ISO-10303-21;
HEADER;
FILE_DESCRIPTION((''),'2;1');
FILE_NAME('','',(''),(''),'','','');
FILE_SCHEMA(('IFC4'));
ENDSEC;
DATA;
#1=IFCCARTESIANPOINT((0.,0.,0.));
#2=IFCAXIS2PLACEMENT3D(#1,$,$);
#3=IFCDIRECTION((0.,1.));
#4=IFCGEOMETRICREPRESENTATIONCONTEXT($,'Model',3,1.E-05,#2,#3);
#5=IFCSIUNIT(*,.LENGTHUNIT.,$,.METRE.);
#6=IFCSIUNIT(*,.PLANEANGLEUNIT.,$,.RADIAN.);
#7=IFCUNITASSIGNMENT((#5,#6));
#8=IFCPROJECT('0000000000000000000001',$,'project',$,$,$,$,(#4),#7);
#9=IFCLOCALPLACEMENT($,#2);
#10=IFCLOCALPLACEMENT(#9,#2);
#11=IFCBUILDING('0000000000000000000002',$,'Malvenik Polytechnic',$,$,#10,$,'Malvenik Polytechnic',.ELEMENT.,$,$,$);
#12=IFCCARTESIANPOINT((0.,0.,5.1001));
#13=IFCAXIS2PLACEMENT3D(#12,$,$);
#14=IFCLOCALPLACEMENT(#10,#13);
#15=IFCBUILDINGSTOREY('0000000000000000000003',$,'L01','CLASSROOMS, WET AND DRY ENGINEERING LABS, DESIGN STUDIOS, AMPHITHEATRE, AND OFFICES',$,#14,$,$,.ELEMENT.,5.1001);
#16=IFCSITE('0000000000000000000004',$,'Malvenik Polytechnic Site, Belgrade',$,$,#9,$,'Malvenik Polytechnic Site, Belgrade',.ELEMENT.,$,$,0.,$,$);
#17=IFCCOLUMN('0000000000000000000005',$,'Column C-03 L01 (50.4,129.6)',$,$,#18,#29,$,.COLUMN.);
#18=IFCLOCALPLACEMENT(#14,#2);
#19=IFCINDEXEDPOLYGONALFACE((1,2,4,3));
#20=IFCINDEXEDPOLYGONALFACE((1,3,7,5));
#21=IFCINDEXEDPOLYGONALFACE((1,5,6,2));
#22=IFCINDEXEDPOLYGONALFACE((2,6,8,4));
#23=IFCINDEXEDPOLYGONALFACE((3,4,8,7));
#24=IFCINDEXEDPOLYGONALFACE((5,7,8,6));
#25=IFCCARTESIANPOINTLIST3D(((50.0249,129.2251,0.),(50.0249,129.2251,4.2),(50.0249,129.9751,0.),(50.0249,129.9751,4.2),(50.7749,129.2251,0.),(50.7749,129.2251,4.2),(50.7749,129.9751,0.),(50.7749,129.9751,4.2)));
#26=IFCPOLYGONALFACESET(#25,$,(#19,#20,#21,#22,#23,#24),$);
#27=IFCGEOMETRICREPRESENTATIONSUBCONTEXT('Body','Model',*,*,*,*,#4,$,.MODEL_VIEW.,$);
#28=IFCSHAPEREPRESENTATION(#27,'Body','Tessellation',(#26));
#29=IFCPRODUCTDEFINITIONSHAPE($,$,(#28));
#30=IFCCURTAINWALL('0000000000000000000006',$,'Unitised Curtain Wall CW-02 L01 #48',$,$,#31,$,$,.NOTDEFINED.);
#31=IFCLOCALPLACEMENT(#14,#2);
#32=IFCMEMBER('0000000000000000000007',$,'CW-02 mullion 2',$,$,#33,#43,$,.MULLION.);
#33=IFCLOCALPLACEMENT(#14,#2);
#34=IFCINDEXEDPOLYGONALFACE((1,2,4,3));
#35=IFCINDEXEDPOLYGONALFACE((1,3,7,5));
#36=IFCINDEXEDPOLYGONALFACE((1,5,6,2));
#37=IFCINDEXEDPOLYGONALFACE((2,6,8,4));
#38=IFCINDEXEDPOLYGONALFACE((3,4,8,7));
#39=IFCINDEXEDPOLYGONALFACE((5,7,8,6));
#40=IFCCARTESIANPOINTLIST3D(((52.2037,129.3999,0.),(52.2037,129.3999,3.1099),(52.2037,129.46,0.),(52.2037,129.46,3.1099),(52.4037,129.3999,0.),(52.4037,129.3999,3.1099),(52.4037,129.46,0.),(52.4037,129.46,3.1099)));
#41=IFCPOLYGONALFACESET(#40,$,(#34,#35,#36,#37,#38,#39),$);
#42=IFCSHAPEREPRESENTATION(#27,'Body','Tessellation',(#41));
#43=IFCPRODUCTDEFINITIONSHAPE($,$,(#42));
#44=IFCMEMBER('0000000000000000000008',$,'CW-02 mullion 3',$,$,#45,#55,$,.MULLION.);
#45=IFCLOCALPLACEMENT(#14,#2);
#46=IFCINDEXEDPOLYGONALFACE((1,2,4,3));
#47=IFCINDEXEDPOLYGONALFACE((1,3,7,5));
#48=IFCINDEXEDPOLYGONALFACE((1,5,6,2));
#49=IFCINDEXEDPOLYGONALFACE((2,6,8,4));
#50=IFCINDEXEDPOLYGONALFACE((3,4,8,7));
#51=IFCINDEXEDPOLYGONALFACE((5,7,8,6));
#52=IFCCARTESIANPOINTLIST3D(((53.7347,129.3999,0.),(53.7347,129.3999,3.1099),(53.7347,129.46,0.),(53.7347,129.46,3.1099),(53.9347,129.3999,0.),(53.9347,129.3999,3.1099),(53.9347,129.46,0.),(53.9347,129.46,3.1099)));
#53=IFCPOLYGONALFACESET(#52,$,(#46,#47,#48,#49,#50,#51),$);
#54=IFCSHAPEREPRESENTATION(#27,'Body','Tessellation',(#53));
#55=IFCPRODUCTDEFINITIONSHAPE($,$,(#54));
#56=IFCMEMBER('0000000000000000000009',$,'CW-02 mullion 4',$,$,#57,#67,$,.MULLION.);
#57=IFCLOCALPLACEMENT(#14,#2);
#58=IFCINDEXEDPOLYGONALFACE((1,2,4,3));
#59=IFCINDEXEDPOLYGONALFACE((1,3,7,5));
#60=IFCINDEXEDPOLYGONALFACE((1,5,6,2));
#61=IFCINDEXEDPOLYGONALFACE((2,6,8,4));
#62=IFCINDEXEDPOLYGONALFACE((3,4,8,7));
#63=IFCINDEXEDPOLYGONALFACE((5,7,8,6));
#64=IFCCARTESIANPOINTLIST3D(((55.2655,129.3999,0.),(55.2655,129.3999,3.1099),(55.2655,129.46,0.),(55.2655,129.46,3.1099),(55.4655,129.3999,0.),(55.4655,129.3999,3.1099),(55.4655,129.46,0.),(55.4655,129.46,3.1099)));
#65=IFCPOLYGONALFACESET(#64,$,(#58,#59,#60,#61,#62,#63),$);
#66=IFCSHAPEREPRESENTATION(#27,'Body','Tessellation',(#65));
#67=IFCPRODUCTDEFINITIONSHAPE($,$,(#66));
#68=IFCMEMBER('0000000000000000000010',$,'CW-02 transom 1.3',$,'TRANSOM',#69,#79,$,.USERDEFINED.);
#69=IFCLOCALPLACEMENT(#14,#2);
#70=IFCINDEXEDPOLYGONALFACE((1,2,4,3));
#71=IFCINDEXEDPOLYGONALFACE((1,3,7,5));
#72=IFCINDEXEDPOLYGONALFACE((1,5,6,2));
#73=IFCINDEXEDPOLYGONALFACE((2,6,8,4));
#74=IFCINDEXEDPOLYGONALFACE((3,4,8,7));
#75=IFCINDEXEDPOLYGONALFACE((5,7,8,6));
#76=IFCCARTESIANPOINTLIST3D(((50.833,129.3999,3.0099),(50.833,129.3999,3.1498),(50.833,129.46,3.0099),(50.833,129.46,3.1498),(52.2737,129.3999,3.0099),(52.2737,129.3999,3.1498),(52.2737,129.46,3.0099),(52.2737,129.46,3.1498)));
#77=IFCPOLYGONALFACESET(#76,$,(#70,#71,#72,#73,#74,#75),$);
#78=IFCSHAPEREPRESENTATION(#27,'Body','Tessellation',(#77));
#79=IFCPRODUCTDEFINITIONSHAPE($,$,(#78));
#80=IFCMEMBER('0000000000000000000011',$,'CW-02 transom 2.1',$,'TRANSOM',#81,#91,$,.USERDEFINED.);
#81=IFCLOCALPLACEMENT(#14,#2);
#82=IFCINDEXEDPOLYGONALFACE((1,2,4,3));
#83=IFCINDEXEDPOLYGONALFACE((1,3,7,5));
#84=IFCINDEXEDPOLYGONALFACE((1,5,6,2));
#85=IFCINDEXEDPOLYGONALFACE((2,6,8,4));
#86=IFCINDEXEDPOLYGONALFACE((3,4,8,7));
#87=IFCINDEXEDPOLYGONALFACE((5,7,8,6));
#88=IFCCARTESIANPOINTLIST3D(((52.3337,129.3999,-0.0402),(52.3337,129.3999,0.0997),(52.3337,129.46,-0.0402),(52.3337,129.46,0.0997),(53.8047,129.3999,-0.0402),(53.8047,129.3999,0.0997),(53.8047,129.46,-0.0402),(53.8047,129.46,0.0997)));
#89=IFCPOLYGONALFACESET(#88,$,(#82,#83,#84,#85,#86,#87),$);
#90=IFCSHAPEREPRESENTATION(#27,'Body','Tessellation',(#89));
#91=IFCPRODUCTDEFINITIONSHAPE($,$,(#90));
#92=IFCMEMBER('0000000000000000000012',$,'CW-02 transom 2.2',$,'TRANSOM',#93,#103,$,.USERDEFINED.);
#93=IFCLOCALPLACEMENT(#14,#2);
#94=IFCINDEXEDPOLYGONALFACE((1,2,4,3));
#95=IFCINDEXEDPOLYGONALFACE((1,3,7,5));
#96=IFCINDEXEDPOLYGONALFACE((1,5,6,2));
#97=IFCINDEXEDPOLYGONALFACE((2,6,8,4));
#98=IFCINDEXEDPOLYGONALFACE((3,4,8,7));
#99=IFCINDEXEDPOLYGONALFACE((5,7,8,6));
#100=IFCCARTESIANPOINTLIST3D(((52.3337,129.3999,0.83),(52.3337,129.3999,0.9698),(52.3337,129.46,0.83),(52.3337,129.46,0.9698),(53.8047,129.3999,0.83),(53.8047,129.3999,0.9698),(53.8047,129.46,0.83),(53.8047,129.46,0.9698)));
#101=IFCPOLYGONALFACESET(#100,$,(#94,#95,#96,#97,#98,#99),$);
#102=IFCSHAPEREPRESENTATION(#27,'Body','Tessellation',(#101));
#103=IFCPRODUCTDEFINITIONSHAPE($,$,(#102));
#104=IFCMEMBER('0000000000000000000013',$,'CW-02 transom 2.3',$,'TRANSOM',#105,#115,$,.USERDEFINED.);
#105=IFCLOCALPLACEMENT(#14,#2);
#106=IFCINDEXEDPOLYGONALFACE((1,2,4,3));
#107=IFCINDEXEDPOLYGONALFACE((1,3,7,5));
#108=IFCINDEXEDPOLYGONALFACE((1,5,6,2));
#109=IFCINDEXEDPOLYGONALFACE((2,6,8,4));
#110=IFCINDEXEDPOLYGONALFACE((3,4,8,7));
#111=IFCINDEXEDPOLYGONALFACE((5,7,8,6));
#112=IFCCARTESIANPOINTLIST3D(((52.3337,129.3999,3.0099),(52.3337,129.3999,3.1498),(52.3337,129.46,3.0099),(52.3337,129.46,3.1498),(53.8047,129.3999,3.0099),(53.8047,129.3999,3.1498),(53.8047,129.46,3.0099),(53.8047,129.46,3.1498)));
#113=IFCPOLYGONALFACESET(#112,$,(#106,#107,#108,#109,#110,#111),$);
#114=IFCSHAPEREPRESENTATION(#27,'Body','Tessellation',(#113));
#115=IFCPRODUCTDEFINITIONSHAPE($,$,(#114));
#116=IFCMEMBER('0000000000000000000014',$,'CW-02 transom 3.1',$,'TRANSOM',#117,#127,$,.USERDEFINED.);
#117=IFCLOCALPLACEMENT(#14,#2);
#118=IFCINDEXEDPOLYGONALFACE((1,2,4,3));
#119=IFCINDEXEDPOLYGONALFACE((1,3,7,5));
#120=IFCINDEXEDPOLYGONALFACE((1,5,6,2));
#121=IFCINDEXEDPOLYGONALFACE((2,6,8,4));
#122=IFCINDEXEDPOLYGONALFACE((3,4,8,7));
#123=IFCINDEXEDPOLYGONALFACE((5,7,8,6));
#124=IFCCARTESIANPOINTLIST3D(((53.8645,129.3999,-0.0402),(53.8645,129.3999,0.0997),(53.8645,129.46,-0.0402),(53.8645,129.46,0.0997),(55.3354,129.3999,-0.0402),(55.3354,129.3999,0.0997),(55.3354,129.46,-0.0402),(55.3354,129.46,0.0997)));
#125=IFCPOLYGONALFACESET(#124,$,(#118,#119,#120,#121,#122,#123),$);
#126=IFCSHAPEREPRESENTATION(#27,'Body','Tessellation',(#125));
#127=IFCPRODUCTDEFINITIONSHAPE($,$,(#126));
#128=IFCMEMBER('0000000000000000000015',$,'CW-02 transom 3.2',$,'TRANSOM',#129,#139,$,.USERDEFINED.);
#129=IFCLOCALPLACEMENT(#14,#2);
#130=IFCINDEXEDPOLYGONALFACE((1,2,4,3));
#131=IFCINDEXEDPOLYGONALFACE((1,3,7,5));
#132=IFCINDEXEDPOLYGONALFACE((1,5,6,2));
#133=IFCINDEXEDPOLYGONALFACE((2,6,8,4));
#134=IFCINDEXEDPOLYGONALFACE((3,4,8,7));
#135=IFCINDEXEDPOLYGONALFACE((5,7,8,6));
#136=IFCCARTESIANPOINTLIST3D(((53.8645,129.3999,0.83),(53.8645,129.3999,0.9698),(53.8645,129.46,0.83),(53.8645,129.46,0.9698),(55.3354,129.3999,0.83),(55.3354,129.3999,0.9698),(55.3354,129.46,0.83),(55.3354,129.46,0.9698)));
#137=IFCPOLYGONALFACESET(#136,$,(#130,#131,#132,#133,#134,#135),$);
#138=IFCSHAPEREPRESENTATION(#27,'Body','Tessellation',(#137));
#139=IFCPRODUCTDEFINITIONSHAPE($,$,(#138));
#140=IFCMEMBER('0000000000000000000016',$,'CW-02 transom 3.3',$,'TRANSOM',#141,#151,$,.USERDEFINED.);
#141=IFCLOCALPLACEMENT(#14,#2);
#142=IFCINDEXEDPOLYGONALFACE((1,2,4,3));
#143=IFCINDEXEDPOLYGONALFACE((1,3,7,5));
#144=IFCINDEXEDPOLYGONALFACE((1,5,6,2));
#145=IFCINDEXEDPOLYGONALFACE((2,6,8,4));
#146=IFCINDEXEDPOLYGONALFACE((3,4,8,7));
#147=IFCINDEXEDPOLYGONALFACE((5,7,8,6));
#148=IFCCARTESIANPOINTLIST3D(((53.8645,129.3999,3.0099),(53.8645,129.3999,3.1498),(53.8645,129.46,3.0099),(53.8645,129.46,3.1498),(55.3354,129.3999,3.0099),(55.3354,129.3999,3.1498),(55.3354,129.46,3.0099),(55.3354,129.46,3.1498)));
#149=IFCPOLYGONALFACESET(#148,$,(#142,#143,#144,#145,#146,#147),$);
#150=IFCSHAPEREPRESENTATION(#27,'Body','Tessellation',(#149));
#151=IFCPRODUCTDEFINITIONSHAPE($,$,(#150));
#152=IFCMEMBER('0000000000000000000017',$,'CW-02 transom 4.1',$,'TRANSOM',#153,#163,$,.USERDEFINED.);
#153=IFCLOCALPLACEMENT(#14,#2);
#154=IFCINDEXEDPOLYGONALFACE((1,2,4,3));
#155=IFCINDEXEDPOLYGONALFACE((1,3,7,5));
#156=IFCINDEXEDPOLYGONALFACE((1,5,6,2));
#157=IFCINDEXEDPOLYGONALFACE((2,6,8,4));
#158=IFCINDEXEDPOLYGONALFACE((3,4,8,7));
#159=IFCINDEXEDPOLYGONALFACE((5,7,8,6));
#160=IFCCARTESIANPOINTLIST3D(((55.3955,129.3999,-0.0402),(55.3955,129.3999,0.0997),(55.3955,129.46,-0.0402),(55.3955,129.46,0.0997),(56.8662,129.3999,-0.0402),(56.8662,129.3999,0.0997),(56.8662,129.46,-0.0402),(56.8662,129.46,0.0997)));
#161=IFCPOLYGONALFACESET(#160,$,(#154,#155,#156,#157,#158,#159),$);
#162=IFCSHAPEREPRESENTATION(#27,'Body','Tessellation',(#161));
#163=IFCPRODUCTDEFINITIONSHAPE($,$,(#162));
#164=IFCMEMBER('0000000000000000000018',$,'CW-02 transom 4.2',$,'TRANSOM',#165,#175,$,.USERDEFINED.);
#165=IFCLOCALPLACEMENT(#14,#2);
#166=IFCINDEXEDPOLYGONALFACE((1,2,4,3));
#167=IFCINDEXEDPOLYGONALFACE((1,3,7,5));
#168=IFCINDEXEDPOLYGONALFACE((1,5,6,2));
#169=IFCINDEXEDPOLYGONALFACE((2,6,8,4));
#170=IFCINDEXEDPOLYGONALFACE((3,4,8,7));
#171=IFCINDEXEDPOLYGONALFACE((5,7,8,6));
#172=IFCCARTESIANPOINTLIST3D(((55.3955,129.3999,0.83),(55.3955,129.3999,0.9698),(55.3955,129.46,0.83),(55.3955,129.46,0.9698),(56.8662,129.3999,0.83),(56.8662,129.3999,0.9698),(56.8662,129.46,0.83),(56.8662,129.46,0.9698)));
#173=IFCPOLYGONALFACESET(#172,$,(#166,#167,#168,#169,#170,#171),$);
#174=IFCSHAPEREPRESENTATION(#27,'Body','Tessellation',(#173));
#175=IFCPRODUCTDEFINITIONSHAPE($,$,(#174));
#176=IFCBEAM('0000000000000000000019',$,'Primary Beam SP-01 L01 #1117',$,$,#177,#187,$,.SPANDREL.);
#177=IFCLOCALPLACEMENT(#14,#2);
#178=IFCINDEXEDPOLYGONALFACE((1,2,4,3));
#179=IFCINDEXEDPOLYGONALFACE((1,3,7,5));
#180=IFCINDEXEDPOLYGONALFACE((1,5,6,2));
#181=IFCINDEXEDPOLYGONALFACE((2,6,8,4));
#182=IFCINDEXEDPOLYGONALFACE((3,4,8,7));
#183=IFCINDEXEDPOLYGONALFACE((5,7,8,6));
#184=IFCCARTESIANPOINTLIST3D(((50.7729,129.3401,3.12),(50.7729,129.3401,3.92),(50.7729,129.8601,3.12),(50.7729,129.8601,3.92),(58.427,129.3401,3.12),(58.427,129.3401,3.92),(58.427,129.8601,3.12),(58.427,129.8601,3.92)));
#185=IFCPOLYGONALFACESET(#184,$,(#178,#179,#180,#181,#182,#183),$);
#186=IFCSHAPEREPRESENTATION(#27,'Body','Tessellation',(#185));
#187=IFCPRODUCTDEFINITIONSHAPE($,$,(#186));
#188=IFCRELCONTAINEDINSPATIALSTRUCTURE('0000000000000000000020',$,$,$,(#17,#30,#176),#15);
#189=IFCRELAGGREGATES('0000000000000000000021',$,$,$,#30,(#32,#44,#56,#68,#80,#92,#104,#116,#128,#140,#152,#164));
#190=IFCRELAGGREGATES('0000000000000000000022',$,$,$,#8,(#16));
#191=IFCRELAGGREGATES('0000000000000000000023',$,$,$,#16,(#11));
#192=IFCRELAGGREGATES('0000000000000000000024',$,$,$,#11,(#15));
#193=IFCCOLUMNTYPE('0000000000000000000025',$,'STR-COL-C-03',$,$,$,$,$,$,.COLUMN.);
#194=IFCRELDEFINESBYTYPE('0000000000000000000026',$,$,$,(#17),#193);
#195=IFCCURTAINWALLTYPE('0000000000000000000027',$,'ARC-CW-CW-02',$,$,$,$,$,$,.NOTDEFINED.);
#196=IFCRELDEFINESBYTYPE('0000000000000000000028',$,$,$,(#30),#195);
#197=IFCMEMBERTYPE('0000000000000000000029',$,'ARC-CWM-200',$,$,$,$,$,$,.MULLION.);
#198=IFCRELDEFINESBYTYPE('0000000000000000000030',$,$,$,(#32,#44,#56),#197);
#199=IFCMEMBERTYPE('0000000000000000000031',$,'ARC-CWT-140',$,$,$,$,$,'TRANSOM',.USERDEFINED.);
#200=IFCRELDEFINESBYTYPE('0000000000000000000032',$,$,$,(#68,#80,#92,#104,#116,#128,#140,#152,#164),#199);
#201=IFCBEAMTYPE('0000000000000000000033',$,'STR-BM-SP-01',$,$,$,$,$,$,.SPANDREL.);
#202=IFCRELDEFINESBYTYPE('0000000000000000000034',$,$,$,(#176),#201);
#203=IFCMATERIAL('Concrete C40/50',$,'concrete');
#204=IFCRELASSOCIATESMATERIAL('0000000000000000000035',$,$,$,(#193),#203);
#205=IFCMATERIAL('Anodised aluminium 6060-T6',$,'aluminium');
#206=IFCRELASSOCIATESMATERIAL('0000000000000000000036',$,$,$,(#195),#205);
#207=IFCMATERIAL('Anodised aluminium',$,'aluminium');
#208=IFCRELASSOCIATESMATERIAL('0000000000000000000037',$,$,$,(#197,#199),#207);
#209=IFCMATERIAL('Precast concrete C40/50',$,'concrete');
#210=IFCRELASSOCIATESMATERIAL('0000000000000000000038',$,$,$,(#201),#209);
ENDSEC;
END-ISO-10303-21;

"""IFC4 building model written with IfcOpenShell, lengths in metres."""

from ifc_helpers import new_model, si_unit, direction, frame, origin, origin_2d, place, context, subcontext, project, spatial, rectangle, extrude, material, material_profile, profile_set, type_object, element, aggregate, save


model = new_model("IFC4")

# Units and contexts
model_context = context("Model", 3, precision=1e-05, world=origin(), true_north=direction((0.0, 1.0)))
body_context = subcontext(model_context, "Body", "Model", "MODEL_VIEW")
ifc_project = project(units=[si_unit("LENGTHUNIT", "METRE"), si_unit("PLANEANGLEUNIT", "RADIAN")], contexts=[model_context])

# Site, building, storey
site_placement = place(None, origin())
site = spatial("IfcSite", under=ifc_project, at=site_placement, Name="Malvenik Polytechnic Site, Belgrade", LongName="Malvenik Polytechnic Site, Belgrade", CompositionType="ELEMENT", RefElevation=0.0)
building_placement = place(site_placement, origin())
building = spatial("IfcBuilding", under=site, at=building_placement, Name="Malvenik Polytechnic", LongName="Malvenik Polytechnic", CompositionType="ELEMENT")
storey_placement = place(building_placement, frame((0.0, 0.0, 5.1001)))
storey = spatial("IfcBuildingStorey", under=building, at=storey_placement, Name="L01", Description="CLASSROOMS, WET AND DRY ENGINEERING LABS, DESIGN STUDIOS, AMPHITHEATRE, AND OFFICES", CompositionType="ELEMENT", Elevation=5.1001)

# Column
ifc_material_1 = material(Name="Concrete C40/50", Category="concrete")
ifc_material_profile_1 = material_profile(ifc_material_1, rectangle(XDim=0.75, YDim=0.75, at=origin_2d()), Name="RC COL 750x750")
ifc_profile_set_1 = profile_set([ifc_material_profile_1], Name="Concrete C40/50")
column_type = type_object("IfcColumnType", Name="STR-COL-C-03", PredefinedType="COLUMN", material=ifc_profile_set_1)
column_placement = place(storey_placement, frame((50.3999, 129.6001, 0.0), z_axis=(0.0, 0.0, 1.0), x_axis=(1.0, 0.0, 0.0)))
element("IfcColumn", 1, at=column_placement, inside=storey, type_object=column_type, Name="Column C-03 L01 (50.4,129.6)", PredefinedType="COLUMN", context=body_context, shape_type="SweptSolid", body=[
    extrude(rectangle(XDim=0.75, YDim=0.75, at=origin_2d()), origin(), (0.0, 0.0, 1.0), 4.2),
])

# Curtain wall, members
ifc_material_2 = material(Name="Anodised aluminium 6060-T6", Category="aluminium")
curtain_wall_type = type_object("IfcCurtainWallType", Name="ARC-CW-CW-02", PredefinedType="NOTDEFINED", material=ifc_material_2)
curtain_wall_placement = place(storey_placement, origin())
curtain_wall = element("IfcCurtainWall", 2, at=curtain_wall_placement, inside=storey, type_object=curtain_wall_type, Name="Unitised Curtain Wall CW-02 L01 #48", PredefinedType="NOTDEFINED")
ifc_material_3 = material(Name="Anodised aluminium", Category="aluminium")
ifc_material_profile_2 = material_profile(ifc_material_3, rectangle(XDim=0.0601, YDim=0.2, at=origin_2d()), Name="ALU MULLION 60x200")
ifc_profile_set_2 = profile_set([ifc_material_profile_2], Name="Anodised aluminium")
member_type_1 = type_object("IfcMemberType", Name="ARC-CWM-200", PredefinedType="MULLION", material=ifc_profile_set_2)
member_1_placement = place(storey_placement, frame((52.3037, 129.4299, 0.0), z_axis=(0.0, 0.0, 1.0), x_axis=(0.0, 1.0, 0.0)))
member_1 = element("IfcMember", 3, at=member_1_placement, type_object=member_type_1, Name="CW-02 mullion 2", PredefinedType="MULLION", context=body_context, shape_type="SweptSolid", body=[
    extrude(rectangle(XDim=0.0601, YDim=0.2, at=origin_2d()), origin(), (0.0, 0.0, 1.0), 3.1099),
])
member_2_placement = place(storey_placement, frame((53.8347, 129.4299, 0.0), z_axis=(0.0, 0.0, 1.0), x_axis=(0.0, 1.0, 0.0)))
member_2 = element("IfcMember", 4, at=member_2_placement, type_object=member_type_1, Name="CW-02 mullion 3", PredefinedType="MULLION", context=body_context, shape_type="SweptSolid", body=[
    extrude(rectangle(XDim=0.0601, YDim=0.2, at=origin_2d()), origin(), (0.0, 0.0, 1.0), 3.1099),
])
member_3_placement = place(storey_placement, frame((55.3655, 129.4299, 0.0), z_axis=(0.0, 0.0, 1.0), x_axis=(0.0, 1.0, 0.0)))
member_3 = element("IfcMember", 5, at=member_3_placement, type_object=member_type_1, Name="CW-02 mullion 4", PredefinedType="MULLION", context=body_context, shape_type="SweptSolid", body=[
    extrude(rectangle(XDim=0.0601, YDim=0.2, at=origin_2d()), origin(), (0.0, 0.0, 1.0), 3.1099),
])
ifc_material_profile_3 = material_profile(ifc_material_3, rectangle(XDim=0.0601, YDim=0.1399, at=origin_2d()), Name="ALU TRANSOM 60x140")
ifc_profile_set_3 = profile_set([ifc_material_profile_3], Name="Anodised aluminium")
member_type_2 = type_object("IfcMemberType", Name="ARC-CWT-140", ElementType="TRANSOM", PredefinedType="USERDEFINED", material=ifc_profile_set_3)
member_4_placement = place(storey_placement, frame((50.833, 129.4299, 3.0798), z_axis=(1.0, 0.0, 0.0), x_axis=(0.0, 1.0, 0.0)))
member_4 = element("IfcMember", 6, at=member_4_placement, type_object=member_type_2, Name="CW-02 transom 1.3", ObjectType="TRANSOM", PredefinedType="USERDEFINED", context=body_context, shape_type="SweptSolid", body=[
    extrude(rectangle(XDim=0.0601, YDim=0.1399, at=origin_2d()), origin(), (0.0, 0.0, 1.0), 1.4407),
])
member_5_placement = place(storey_placement, frame((52.3337, 129.4299, 0.0298), z_axis=(1.0, 0.0, 0.0), x_axis=(0.0, 1.0, 0.0)))
member_5 = element("IfcMember", 7, at=member_5_placement, type_object=member_type_2, Name="CW-02 transom 2.1", ObjectType="TRANSOM", PredefinedType="USERDEFINED", context=body_context, shape_type="SweptSolid", body=[
    extrude(rectangle(XDim=0.0601, YDim=0.1399, at=origin_2d()), origin(), (0.0, 0.0, 1.0), 1.4709),
])
member_6_placement = place(storey_placement, frame((52.3337, 129.4299, 0.8999), z_axis=(1.0, 0.0, 0.0), x_axis=(0.0, 1.0, 0.0)))
member_6 = element("IfcMember", 8, at=member_6_placement, type_object=member_type_2, Name="CW-02 transom 2.2", ObjectType="TRANSOM", PredefinedType="USERDEFINED", context=body_context, shape_type="SweptSolid", body=[
    extrude(rectangle(XDim=0.0601, YDim=0.1399, at=origin_2d()), origin(), (0.0, 0.0, 1.0), 1.4709),
])
member_7_placement = place(storey_placement, frame((52.3337, 129.4299, 3.0798), z_axis=(1.0, 0.0, 0.0), x_axis=(0.0, 1.0, 0.0)))
member_7 = element("IfcMember", 9, at=member_7_placement, type_object=member_type_2, Name="CW-02 transom 2.3", ObjectType="TRANSOM", PredefinedType="USERDEFINED", context=body_context, shape_type="SweptSolid", body=[
    extrude(rectangle(XDim=0.0601, YDim=0.1399, at=origin_2d()), origin(), (0.0, 0.0, 1.0), 1.4709),
])
member_8_placement = place(storey_placement, frame((53.8645, 129.4299, 0.0298), z_axis=(1.0, 0.0, 0.0), x_axis=(0.0, 1.0, 0.0)))
member_8 = element("IfcMember", 10, at=member_8_placement, type_object=member_type_2, Name="CW-02 transom 3.1", ObjectType="TRANSOM", PredefinedType="USERDEFINED", context=body_context, shape_type="SweptSolid", body=[
    extrude(rectangle(XDim=0.0601, YDim=0.1399, at=origin_2d()), origin(), (0.0, 0.0, 1.0), 1.4709),
])
member_9_placement = place(storey_placement, frame((53.8645, 129.4299, 0.8999), z_axis=(1.0, 0.0, 0.0), x_axis=(0.0, 1.0, 0.0)))
member_9 = element("IfcMember", 11, at=member_9_placement, type_object=member_type_2, Name="CW-02 transom 3.2", ObjectType="TRANSOM", PredefinedType="USERDEFINED", context=body_context, shape_type="SweptSolid", body=[
    extrude(rectangle(XDim=0.0601, YDim=0.1399, at=origin_2d()), origin(), (0.0, 0.0, 1.0), 1.4709),
])
member_10_placement = place(storey_placement, frame((53.8645, 129.4299, 3.0798), z_axis=(1.0, 0.0, 0.0), x_axis=(0.0, 1.0, 0.0)))
member_10 = element("IfcMember", 12, at=member_10_placement, type_object=member_type_2, Name="CW-02 transom 3.3", ObjectType="TRANSOM", PredefinedType="USERDEFINED", context=body_context, shape_type="SweptSolid", body=[
    extrude(rectangle(XDim=0.0601, YDim=0.1399, at=origin_2d()), origin(), (0.0, 0.0, 1.0), 1.4709),
])
member_11_placement = place(storey_placement, frame((55.3955, 129.4299, 0.0298), z_axis=(1.0, 0.0, 0.0), x_axis=(0.0, 1.0, 0.0)))
member_11 = element("IfcMember", 13, at=member_11_placement, type_object=member_type_2, Name="CW-02 transom 4.1", ObjectType="TRANSOM", PredefinedType="USERDEFINED", context=body_context, shape_type="SweptSolid", body=[
    extrude(rectangle(XDim=0.0601, YDim=0.1399, at=origin_2d()), origin(), (0.0, 0.0, 1.0), 1.4707),
])
member_12_placement = place(storey_placement, frame((55.3955, 129.4299, 0.8999), z_axis=(1.0, 0.0, 0.0), x_axis=(0.0, 1.0, 0.0)))
member_12 = element("IfcMember", 14, at=member_12_placement, type_object=member_type_2, Name="CW-02 transom 4.2", ObjectType="TRANSOM", PredefinedType="USERDEFINED", context=body_context, shape_type="SweptSolid", body=[
    extrude(rectangle(XDim=0.0601, YDim=0.1399, at=origin_2d()), origin(), (0.0, 0.0, 1.0), 1.4707),
])

# Beam
ifc_material_4 = material(Name="Precast concrete C40/50", Category="concrete")
ifc_material_profile_4 = material_profile(ifc_material_4, rectangle(XDim=0.52, YDim=0.8, at=origin_2d()), Name="PC SPN 520x800")
ifc_profile_set_4 = profile_set([ifc_material_profile_4], Name="Precast concrete C40/50")
beam_type = type_object("IfcBeamType", Name="STR-BM-SP-01", PredefinedType="SPANDREL", material=ifc_profile_set_4)
beam_placement = place(storey_placement, frame((50.7729, 129.6001, 3.52), z_axis=(1.0, 0.0, 0.0), x_axis=(0.0, 1.0, 0.0)))
element("IfcBeam", 15, at=beam_placement, inside=storey, type_object=beam_type, Name="Primary Beam SP-01 L01 #1117", PredefinedType="SPANDREL", context=body_context, shape_type="SweptSolid", body=[
    extrude(rectangle(XDim=0.52, YDim=0.8, at=origin_2d()), origin(), (0.0, 0.0, 1.0), 7.6541),
])

aggregate(curtain_wall, [member_1, member_2, member_3, member_4, member_5, member_6, member_7, member_8, member_9, member_10, member_11, member_12])

save(model, "model.ifc")
